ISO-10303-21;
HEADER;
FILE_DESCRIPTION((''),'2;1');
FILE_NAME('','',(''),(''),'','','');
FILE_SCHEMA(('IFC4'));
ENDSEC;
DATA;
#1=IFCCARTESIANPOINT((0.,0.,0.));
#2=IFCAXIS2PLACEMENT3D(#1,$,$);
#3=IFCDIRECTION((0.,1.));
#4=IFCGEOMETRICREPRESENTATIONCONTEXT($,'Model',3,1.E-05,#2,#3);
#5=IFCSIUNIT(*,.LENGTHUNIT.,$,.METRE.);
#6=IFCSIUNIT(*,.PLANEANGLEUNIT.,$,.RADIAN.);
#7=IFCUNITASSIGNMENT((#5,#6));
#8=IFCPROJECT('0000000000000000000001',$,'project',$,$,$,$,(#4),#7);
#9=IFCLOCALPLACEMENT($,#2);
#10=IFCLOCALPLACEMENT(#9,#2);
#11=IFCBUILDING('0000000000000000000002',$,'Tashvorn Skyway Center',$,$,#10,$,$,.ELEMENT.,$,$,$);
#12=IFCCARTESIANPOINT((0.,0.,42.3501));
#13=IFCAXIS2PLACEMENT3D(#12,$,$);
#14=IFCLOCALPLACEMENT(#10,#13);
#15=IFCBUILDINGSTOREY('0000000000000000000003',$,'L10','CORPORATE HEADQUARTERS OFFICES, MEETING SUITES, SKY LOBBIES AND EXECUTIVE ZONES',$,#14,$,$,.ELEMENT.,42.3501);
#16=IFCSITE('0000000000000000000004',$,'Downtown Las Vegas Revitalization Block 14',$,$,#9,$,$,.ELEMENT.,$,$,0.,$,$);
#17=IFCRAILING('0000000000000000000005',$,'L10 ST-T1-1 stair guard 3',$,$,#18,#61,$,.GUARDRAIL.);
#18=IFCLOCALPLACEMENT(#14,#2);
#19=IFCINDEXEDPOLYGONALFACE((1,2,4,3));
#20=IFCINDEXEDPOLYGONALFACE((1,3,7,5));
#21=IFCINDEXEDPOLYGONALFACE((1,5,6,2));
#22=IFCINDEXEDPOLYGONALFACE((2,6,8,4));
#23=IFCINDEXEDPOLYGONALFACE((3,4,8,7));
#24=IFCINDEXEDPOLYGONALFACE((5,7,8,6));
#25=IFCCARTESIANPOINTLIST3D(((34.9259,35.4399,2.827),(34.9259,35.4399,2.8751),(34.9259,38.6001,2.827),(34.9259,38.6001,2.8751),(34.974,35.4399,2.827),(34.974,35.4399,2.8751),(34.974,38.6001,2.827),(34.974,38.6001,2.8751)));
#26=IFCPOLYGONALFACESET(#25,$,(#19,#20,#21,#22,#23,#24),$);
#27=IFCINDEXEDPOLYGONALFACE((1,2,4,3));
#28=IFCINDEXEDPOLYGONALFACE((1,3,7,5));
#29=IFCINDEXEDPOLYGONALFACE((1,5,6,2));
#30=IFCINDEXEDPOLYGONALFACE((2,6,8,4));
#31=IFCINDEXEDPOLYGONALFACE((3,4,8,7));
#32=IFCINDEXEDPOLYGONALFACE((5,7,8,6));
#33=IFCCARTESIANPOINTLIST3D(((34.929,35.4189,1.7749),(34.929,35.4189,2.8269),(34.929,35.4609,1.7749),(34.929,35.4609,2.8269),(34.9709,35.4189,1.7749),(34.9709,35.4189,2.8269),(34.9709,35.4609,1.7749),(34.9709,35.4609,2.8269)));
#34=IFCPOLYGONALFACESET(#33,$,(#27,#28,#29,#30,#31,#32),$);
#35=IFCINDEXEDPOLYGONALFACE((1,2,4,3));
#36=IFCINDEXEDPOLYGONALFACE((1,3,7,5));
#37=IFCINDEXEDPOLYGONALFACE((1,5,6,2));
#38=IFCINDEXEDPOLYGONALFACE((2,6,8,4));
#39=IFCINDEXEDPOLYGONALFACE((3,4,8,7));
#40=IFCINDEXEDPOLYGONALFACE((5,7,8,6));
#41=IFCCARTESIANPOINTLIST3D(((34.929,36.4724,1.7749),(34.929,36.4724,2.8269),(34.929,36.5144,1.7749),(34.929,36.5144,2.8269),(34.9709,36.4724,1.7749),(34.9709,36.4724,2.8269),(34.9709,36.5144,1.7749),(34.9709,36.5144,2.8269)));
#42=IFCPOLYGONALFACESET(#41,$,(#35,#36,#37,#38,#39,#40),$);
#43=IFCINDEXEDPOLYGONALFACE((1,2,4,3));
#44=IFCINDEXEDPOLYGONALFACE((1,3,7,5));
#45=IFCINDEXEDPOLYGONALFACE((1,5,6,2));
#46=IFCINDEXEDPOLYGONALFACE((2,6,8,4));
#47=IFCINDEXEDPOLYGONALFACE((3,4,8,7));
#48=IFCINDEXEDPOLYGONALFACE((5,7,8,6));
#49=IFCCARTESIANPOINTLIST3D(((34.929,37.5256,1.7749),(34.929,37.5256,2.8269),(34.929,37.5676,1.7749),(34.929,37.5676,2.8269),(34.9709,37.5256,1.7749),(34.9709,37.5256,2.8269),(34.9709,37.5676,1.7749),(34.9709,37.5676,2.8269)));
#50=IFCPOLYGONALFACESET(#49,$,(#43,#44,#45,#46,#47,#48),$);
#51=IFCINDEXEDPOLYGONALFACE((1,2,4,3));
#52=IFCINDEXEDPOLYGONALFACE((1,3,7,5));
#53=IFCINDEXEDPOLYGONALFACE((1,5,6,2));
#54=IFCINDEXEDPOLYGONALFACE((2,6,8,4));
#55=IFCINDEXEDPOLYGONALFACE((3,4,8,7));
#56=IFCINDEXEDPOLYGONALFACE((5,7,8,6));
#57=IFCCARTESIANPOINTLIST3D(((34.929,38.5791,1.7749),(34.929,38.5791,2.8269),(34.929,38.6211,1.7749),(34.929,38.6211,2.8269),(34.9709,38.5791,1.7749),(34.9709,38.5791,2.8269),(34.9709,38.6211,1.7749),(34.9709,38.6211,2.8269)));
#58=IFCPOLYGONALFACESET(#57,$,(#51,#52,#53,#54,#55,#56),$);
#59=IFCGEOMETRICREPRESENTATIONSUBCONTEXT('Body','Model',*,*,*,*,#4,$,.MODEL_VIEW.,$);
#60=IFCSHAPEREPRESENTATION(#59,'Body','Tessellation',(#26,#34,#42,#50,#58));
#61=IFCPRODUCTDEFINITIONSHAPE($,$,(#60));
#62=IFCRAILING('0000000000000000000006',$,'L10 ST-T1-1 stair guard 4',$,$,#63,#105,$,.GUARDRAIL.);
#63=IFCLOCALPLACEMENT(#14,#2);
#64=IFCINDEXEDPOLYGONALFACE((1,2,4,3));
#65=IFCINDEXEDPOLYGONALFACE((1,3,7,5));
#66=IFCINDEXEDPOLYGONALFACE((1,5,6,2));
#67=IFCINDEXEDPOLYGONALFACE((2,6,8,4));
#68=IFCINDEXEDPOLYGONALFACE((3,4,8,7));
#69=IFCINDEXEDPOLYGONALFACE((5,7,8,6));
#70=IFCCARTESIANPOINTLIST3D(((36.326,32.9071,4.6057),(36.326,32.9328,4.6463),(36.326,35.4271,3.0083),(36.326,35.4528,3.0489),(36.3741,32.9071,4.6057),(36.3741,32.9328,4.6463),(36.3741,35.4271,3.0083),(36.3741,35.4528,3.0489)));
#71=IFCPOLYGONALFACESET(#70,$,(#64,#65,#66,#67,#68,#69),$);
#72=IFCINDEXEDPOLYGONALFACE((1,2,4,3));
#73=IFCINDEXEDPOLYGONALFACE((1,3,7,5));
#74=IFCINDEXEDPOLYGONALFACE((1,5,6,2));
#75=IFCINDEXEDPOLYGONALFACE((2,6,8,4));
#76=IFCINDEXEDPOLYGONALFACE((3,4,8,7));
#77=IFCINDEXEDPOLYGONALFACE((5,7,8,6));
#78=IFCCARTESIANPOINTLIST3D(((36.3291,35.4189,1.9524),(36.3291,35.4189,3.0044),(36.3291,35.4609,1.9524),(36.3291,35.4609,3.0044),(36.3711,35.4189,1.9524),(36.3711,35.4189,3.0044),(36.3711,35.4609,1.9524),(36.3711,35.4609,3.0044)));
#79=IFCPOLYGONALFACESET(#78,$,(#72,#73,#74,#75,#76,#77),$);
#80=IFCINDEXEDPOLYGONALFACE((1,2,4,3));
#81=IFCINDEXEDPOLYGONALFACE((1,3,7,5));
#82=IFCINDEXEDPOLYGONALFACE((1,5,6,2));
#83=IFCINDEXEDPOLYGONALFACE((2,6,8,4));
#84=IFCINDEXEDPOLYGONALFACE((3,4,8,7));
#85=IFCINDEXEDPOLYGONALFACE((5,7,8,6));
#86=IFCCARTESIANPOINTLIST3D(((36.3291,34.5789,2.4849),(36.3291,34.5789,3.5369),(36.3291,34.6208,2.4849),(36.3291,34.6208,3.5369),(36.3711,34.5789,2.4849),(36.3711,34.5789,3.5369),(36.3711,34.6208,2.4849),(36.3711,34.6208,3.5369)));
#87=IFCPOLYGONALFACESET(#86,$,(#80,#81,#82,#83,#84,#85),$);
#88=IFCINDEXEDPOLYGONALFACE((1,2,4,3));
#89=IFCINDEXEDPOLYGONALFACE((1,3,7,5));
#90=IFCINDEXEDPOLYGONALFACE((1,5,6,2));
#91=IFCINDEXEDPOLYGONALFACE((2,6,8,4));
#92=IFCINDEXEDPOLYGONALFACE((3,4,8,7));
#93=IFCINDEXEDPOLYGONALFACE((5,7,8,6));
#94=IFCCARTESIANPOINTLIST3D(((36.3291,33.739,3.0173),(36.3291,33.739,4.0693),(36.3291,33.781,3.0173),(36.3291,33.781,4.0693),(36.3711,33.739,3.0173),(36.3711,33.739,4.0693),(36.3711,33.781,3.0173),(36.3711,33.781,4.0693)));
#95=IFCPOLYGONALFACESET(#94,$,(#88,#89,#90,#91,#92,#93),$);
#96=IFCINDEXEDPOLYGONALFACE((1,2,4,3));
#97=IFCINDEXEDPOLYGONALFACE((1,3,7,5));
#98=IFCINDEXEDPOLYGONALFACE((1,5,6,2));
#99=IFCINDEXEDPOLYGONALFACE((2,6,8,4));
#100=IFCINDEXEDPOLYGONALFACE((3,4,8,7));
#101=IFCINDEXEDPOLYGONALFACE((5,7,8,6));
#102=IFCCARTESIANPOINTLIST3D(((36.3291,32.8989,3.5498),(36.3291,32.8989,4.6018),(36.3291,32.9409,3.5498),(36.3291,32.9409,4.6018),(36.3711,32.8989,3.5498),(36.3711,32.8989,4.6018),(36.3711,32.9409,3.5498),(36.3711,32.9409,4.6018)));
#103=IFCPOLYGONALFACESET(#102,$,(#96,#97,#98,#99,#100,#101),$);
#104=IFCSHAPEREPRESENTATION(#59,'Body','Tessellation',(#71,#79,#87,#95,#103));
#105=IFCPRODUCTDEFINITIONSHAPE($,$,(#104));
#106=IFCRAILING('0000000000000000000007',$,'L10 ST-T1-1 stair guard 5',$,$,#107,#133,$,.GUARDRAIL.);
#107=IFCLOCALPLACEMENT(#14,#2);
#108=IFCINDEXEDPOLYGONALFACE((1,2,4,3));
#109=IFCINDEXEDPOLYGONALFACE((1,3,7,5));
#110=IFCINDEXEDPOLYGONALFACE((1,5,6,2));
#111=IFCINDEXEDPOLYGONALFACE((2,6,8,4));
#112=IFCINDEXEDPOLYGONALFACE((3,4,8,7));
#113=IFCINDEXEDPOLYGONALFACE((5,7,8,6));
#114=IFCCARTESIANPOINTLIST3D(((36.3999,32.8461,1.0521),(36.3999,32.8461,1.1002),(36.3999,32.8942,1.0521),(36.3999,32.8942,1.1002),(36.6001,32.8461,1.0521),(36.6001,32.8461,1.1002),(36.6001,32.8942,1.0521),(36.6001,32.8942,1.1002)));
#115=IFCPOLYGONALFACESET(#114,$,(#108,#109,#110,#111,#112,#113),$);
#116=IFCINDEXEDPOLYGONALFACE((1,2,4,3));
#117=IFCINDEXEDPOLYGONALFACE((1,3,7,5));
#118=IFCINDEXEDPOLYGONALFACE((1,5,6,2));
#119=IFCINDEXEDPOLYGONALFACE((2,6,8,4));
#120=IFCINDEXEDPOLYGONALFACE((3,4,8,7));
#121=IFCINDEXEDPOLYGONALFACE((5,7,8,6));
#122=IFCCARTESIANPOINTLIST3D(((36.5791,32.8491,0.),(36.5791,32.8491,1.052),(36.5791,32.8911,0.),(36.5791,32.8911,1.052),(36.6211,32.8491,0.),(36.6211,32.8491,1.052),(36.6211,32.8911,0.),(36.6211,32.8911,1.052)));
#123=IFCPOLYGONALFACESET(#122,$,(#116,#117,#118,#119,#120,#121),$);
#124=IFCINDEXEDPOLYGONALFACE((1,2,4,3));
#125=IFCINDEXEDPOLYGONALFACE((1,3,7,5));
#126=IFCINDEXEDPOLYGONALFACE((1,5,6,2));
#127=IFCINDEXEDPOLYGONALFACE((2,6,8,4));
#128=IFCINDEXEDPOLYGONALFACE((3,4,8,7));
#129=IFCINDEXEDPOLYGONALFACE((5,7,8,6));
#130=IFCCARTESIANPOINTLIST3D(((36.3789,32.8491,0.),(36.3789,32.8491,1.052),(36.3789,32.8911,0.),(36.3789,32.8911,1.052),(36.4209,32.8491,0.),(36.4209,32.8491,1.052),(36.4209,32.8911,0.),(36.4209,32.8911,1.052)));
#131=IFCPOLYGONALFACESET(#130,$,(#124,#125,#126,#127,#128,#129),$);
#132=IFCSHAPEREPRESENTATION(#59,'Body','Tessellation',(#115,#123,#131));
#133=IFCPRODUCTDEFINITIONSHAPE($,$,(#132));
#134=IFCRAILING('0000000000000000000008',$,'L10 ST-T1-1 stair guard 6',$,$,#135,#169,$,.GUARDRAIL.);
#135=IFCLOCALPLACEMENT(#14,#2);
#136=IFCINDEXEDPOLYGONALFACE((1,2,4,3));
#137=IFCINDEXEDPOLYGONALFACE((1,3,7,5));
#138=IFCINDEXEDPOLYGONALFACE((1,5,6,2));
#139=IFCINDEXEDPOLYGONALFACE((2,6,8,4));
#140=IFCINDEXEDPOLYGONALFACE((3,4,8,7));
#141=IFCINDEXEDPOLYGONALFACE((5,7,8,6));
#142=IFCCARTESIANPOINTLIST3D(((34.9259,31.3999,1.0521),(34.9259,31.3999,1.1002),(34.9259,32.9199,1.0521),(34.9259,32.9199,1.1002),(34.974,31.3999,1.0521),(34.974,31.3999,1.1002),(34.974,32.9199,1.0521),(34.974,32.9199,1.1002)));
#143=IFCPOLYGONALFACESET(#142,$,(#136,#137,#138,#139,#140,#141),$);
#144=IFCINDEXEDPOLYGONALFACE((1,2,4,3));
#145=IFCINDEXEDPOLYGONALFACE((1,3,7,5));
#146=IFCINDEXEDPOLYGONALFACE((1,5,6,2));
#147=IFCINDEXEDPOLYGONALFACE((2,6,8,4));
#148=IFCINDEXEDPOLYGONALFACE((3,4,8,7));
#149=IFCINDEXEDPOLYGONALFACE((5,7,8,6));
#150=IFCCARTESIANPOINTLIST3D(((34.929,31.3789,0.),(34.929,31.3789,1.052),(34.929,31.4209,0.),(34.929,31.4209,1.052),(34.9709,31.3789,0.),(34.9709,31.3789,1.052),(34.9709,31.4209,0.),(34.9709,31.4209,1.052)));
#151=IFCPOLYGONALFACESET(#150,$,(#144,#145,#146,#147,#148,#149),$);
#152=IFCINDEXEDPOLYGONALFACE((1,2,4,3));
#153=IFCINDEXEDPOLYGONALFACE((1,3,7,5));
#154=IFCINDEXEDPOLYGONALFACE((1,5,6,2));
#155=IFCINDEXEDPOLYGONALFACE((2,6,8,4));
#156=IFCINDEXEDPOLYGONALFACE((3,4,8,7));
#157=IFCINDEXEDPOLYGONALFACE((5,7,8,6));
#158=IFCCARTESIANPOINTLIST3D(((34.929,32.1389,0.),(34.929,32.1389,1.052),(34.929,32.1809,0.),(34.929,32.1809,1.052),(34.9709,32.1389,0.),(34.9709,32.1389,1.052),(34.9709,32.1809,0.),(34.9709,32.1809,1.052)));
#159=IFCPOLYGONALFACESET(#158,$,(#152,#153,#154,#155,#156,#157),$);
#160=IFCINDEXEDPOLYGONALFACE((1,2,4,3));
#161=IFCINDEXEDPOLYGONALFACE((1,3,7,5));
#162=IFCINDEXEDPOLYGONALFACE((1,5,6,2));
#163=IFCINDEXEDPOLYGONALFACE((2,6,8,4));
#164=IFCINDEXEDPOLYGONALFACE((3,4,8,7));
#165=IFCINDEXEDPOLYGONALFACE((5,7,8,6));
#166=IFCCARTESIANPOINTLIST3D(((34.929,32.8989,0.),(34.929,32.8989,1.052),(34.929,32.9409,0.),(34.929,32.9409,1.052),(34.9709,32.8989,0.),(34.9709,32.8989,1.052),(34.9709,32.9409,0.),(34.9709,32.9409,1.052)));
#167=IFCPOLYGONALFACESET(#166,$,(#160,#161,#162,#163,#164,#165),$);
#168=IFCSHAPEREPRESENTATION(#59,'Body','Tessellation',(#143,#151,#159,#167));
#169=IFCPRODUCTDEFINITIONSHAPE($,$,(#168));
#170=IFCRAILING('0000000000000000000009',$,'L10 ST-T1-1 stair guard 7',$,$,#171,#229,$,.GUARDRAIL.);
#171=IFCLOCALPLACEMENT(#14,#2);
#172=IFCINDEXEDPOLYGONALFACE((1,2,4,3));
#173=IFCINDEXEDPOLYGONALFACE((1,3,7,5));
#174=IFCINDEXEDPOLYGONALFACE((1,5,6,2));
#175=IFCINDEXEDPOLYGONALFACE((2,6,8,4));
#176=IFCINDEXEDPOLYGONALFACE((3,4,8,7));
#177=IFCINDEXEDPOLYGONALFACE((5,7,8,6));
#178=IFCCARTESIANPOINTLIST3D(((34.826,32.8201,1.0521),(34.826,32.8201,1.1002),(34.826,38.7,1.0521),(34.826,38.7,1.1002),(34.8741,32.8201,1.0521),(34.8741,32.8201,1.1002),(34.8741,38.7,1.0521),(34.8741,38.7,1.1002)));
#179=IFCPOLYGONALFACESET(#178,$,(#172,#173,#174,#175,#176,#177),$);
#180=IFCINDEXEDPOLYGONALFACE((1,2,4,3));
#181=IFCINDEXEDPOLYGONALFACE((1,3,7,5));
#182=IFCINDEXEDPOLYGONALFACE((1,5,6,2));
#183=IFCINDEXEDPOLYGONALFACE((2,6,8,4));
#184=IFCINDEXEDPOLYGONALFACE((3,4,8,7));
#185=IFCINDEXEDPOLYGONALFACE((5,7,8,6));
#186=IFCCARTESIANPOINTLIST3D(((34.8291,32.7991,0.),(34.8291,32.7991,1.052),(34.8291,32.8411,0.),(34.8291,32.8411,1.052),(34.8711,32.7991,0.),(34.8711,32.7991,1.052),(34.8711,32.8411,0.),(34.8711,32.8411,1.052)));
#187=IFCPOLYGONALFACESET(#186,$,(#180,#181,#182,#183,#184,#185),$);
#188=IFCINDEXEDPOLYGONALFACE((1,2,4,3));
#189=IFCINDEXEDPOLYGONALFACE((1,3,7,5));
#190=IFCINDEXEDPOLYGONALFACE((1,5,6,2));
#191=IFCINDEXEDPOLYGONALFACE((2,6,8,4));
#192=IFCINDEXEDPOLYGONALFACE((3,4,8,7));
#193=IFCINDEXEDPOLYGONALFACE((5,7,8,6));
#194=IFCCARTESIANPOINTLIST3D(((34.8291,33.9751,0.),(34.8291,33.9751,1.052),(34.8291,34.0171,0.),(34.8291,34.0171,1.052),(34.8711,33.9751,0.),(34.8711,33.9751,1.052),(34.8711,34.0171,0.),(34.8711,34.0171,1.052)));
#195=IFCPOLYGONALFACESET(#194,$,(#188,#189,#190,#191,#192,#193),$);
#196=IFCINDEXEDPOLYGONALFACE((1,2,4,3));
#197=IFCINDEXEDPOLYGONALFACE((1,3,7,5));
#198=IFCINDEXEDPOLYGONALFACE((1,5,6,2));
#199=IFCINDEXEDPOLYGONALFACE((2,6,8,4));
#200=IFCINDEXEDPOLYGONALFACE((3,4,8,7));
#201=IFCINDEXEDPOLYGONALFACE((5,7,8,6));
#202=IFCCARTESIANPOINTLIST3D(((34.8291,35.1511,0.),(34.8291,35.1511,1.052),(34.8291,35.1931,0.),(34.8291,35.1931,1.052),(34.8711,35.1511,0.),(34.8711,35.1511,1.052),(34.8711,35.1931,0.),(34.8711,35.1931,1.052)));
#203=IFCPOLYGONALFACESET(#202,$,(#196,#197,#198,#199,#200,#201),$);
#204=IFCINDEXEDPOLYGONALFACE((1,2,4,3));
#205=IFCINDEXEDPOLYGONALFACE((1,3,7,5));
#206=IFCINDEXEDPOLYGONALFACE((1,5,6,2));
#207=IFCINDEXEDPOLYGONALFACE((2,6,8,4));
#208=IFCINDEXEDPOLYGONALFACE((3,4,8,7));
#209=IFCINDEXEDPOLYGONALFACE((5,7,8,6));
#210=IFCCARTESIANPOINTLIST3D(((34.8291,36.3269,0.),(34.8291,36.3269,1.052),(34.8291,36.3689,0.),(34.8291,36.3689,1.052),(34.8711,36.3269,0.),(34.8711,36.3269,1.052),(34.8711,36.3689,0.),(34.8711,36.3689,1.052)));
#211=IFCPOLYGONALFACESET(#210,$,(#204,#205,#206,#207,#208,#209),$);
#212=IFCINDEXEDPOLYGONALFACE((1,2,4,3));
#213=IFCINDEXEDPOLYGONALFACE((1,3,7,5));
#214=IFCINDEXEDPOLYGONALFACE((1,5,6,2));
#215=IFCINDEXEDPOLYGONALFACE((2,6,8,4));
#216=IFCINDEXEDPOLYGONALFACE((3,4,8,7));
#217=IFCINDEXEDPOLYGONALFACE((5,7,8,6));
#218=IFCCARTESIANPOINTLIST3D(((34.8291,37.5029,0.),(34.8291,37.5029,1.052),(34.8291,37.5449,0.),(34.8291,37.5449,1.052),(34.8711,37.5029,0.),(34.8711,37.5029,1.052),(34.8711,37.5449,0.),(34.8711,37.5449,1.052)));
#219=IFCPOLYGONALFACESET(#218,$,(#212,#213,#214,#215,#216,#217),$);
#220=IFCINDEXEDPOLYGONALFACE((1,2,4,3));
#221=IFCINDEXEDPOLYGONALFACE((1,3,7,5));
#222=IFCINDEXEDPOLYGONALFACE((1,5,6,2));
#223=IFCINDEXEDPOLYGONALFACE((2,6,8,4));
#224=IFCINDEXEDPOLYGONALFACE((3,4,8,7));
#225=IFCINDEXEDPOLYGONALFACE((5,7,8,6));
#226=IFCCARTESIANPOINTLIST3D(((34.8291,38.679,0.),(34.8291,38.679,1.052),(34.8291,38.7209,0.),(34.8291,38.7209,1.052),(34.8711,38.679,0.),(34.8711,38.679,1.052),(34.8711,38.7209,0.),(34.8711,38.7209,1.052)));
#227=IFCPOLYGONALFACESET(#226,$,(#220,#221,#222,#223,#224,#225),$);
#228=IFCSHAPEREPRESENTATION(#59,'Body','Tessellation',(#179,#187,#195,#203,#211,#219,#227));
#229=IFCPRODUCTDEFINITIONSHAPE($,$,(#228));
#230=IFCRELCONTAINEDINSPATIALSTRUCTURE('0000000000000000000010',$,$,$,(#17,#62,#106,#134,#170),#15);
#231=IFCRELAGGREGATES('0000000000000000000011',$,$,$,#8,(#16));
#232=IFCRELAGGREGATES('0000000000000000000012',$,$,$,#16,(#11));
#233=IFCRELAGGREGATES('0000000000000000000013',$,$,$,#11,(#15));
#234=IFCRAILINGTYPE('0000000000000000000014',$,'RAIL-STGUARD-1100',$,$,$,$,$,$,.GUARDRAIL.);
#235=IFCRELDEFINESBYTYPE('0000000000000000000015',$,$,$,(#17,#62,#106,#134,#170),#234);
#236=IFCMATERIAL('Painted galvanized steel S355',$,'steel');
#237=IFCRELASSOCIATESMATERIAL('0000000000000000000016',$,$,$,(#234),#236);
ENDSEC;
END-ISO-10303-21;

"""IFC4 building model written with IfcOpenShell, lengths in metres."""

from ifc_helpers import new_model, si_unit, direction, frame, origin, origin_2d, place, context, subcontext, project, spatial, rectangle, extrude, material, type_object, element, save


model = new_model("IFC4")

# Units and contexts
model_context = context("Model", 3, precision=1e-05, world=origin(), true_north=direction((0.0, 1.0)))
body_context = subcontext(model_context, "Body", "Model", "MODEL_VIEW")
ifc_project = project(units=[si_unit("LENGTHUNIT", "METRE"), si_unit("PLANEANGLEUNIT", "RADIAN")], contexts=[model_context])

# Site, building, storey
site_placement = place(None, origin())
site = spatial("IfcSite", under=ifc_project, at=site_placement, Name="Downtown Las Vegas Revitalization Block 14", CompositionType="ELEMENT", RefElevation=0.0)
building_placement = place(site_placement, origin())
building = spatial("IfcBuilding", under=site, at=building_placement, Name="Tashvorn Skyway Center", CompositionType="ELEMENT")
storey_placement = place(building_placement, frame((0.0, 0.0, 42.3501)))
storey = spatial("IfcBuildingStorey", under=building, at=storey_placement, Name="L10", Description="CORPORATE HEADQUARTERS OFFICES, MEETING SUITES, SKY LOBBIES AND EXECUTIVE ZONES", CompositionType="ELEMENT", Elevation=42.3501)

# Railings
ifc_material_1 = material(Name="Painted galvanized steel S355", Category="steel")
railing_type_1 = type_object("IfcRailingType", Name="RAIL-STGUARD-1100", PredefinedType="GUARDRAIL", material=ifc_material_1)
railing_1_placement = place(storey_placement, frame((34.95, 35.4399, 1.7749)))
element("IfcRailing", 1, at=railing_1_placement, inside=storey, type_object=railing_type_1, Name="L10 ST-T1-1 stair guard 3", PredefinedType="GUARDRAIL", context=body_context, shape_type="SweptSolid", body=[
    extrude(rectangle(XDim=0.0481, YDim=0.0481, at=origin_2d()), frame((0.0, 0.0, 1.0762), z_axis=(0.0, 1.0, 0.0), x_axis=(-1.0, 0.0, 0.0)), (0.0, 0.0, 1.0), 3.1602),
    extrude(rectangle(XDim=0.042, YDim=0.042, at=origin_2d()), origin(), (0.0, 0.0, 1.0), 1.052),
    extrude(rectangle(XDim=0.042, YDim=0.042, at=origin_2d()), frame((0.0, 1.0535, 0.0)), (0.0, 0.0, 1.0), 1.052),
    extrude(rectangle(XDim=0.042, YDim=0.042, at=origin_2d()), frame((0.0, 2.1067, 0.0)), (0.0, 0.0, 1.0), 1.052),
    extrude(rectangle(XDim=0.042, YDim=0.042, at=origin_2d()), frame((0.0, 3.1602, 0.0)), (0.0, 0.0, 1.0), 1.052),
])
railing_2_placement = place(storey_placement, frame((36.3501, 35.4399, 1.9524)))
element("IfcRailing", 2, at=railing_2_placement, inside=storey, type_object=railing_type_1, Name="L10 ST-T1-1 stair guard 4", PredefinedType="GUARDRAIL", context=body_context, shape_type="SweptSolid", body=[
    extrude(rectangle(XDim=0.0481, YDim=0.0481, at=origin_2d()), frame((0.0, 0.0, 1.0762), z_axis=(0.0, -0.844607, 0.535387), x_axis=(1.0, 0.0, 0.0)), (0.0, 0.0, 1.0), 2.9836),
    extrude(rectangle(XDim=0.042, YDim=0.042, at=origin_2d()), origin(), (0.0, 0.0, 1.0), 1.052),
    extrude(rectangle(XDim=0.042, YDim=0.042, at=origin_2d()), frame((0.0, -0.8401, 0.5325)), (0.0, 0.0, 1.0), 1.052),
    extrude(rectangle(XDim=0.042, YDim=0.042, at=origin_2d()), frame((0.0, -1.6799, 1.0649)), (0.0, 0.0, 1.0), 1.052),
    extrude(rectangle(XDim=0.042, YDim=0.042, at=origin_2d()), frame((0.0, -2.52, 1.5974)), (0.0, 0.0, 1.0), 1.052),
])
railing_3_placement = place(storey_placement, frame((36.6001, 32.8701, 0.0)))
element("IfcRailing", 3, at=railing_3_placement, inside=storey, type_object=railing_type_1, Name="L10 ST-T1-1 stair guard 5", PredefinedType="GUARDRAIL", context=body_context, shape_type="SweptSolid", body=[
    extrude(rectangle(XDim=0.0481, YDim=0.0481, at=origin_2d()), frame((0.0, 0.0, 1.0762), z_axis=(-1.0, 0.0, 0.0), x_axis=(0.0, -1.0, 0.0)), (0.0, 0.0, 1.0), 0.2002),
    extrude(rectangle(XDim=0.042, YDim=0.042, at=origin_2d()), origin(), (0.0, 0.0, 1.0), 1.052),
    extrude(rectangle(XDim=0.042, YDim=0.042, at=origin_2d()), frame((-0.2002, 0.0, 0.0)), (0.0, 0.0, 1.0), 1.052),
])
railing_4_placement = place(storey_placement, frame((34.95, 31.3999, 0.0)))
element("IfcRailing", 4, at=railing_4_placement, inside=storey, type_object=railing_type_1, Name="L10 ST-T1-1 stair guard 6", PredefinedType="GUARDRAIL", context=body_context, shape_type="SweptSolid", body=[
    extrude(rectangle(XDim=0.0481, YDim=0.0481, at=origin_2d()), frame((0.0, 0.0, 1.0762), z_axis=(0.0, 1.0, 0.0), x_axis=(-1.0, 0.0, 0.0)), (0.0, 0.0, 1.0), 1.52),
    extrude(rectangle(XDim=0.042, YDim=0.042, at=origin_2d()), origin(), (0.0, 0.0, 1.0), 1.052),
    extrude(rectangle(XDim=0.042, YDim=0.042, at=origin_2d()), frame((0.0, 0.76, 0.0)), (0.0, 0.0, 1.0), 1.052),
    extrude(rectangle(XDim=0.042, YDim=0.042, at=origin_2d()), frame((0.0, 1.52, 0.0)), (0.0, 0.0, 1.0), 1.052),
])
railing_5_placement = place(storey_placement, frame((34.8501, 32.8201, 0.0)))
element("IfcRailing", 5, at=railing_5_placement, inside=storey, type_object=railing_type_1, Name="L10 ST-T1-1 stair guard 7", PredefinedType="GUARDRAIL", context=body_context, shape_type="SweptSolid", body=[
    extrude(rectangle(XDim=0.0481, YDim=0.0481, at=origin_2d()), frame((0.0, 0.0, 1.0762), z_axis=(0.0, 1.0, 0.0), x_axis=(-1.0, 0.0, 0.0)), (0.0, 0.0, 1.0), 5.8799),
    extrude(rectangle(XDim=0.042, YDim=0.042, at=origin_2d()), origin(), (0.0, 0.0, 1.0), 1.052),
    extrude(rectangle(XDim=0.042, YDim=0.042, at=origin_2d()), frame((0.0, 1.176, 0.0)), (0.0, 0.0, 1.0), 1.052),
    extrude(rectangle(XDim=0.042, YDim=0.042, at=origin_2d()), frame((0.0, 2.3521, 0.0)), (0.0, 0.0, 1.0), 1.052),
    extrude(rectangle(XDim=0.042, YDim=0.042, at=origin_2d()), frame((0.0, 3.5278, 0.0)), (0.0, 0.0, 1.0), 1.052),
    extrude(rectangle(XDim=0.042, YDim=0.042, at=origin_2d()), frame((0.0, 4.7039, 0.0)), (0.0, 0.0, 1.0), 1.052),
    extrude(rectangle(XDim=0.042, YDim=0.042, at=origin_2d()), frame((0.0, 5.8799, 0.0)), (0.0, 0.0, 1.0), 1.052),
])

save(model, "model.ifc")
